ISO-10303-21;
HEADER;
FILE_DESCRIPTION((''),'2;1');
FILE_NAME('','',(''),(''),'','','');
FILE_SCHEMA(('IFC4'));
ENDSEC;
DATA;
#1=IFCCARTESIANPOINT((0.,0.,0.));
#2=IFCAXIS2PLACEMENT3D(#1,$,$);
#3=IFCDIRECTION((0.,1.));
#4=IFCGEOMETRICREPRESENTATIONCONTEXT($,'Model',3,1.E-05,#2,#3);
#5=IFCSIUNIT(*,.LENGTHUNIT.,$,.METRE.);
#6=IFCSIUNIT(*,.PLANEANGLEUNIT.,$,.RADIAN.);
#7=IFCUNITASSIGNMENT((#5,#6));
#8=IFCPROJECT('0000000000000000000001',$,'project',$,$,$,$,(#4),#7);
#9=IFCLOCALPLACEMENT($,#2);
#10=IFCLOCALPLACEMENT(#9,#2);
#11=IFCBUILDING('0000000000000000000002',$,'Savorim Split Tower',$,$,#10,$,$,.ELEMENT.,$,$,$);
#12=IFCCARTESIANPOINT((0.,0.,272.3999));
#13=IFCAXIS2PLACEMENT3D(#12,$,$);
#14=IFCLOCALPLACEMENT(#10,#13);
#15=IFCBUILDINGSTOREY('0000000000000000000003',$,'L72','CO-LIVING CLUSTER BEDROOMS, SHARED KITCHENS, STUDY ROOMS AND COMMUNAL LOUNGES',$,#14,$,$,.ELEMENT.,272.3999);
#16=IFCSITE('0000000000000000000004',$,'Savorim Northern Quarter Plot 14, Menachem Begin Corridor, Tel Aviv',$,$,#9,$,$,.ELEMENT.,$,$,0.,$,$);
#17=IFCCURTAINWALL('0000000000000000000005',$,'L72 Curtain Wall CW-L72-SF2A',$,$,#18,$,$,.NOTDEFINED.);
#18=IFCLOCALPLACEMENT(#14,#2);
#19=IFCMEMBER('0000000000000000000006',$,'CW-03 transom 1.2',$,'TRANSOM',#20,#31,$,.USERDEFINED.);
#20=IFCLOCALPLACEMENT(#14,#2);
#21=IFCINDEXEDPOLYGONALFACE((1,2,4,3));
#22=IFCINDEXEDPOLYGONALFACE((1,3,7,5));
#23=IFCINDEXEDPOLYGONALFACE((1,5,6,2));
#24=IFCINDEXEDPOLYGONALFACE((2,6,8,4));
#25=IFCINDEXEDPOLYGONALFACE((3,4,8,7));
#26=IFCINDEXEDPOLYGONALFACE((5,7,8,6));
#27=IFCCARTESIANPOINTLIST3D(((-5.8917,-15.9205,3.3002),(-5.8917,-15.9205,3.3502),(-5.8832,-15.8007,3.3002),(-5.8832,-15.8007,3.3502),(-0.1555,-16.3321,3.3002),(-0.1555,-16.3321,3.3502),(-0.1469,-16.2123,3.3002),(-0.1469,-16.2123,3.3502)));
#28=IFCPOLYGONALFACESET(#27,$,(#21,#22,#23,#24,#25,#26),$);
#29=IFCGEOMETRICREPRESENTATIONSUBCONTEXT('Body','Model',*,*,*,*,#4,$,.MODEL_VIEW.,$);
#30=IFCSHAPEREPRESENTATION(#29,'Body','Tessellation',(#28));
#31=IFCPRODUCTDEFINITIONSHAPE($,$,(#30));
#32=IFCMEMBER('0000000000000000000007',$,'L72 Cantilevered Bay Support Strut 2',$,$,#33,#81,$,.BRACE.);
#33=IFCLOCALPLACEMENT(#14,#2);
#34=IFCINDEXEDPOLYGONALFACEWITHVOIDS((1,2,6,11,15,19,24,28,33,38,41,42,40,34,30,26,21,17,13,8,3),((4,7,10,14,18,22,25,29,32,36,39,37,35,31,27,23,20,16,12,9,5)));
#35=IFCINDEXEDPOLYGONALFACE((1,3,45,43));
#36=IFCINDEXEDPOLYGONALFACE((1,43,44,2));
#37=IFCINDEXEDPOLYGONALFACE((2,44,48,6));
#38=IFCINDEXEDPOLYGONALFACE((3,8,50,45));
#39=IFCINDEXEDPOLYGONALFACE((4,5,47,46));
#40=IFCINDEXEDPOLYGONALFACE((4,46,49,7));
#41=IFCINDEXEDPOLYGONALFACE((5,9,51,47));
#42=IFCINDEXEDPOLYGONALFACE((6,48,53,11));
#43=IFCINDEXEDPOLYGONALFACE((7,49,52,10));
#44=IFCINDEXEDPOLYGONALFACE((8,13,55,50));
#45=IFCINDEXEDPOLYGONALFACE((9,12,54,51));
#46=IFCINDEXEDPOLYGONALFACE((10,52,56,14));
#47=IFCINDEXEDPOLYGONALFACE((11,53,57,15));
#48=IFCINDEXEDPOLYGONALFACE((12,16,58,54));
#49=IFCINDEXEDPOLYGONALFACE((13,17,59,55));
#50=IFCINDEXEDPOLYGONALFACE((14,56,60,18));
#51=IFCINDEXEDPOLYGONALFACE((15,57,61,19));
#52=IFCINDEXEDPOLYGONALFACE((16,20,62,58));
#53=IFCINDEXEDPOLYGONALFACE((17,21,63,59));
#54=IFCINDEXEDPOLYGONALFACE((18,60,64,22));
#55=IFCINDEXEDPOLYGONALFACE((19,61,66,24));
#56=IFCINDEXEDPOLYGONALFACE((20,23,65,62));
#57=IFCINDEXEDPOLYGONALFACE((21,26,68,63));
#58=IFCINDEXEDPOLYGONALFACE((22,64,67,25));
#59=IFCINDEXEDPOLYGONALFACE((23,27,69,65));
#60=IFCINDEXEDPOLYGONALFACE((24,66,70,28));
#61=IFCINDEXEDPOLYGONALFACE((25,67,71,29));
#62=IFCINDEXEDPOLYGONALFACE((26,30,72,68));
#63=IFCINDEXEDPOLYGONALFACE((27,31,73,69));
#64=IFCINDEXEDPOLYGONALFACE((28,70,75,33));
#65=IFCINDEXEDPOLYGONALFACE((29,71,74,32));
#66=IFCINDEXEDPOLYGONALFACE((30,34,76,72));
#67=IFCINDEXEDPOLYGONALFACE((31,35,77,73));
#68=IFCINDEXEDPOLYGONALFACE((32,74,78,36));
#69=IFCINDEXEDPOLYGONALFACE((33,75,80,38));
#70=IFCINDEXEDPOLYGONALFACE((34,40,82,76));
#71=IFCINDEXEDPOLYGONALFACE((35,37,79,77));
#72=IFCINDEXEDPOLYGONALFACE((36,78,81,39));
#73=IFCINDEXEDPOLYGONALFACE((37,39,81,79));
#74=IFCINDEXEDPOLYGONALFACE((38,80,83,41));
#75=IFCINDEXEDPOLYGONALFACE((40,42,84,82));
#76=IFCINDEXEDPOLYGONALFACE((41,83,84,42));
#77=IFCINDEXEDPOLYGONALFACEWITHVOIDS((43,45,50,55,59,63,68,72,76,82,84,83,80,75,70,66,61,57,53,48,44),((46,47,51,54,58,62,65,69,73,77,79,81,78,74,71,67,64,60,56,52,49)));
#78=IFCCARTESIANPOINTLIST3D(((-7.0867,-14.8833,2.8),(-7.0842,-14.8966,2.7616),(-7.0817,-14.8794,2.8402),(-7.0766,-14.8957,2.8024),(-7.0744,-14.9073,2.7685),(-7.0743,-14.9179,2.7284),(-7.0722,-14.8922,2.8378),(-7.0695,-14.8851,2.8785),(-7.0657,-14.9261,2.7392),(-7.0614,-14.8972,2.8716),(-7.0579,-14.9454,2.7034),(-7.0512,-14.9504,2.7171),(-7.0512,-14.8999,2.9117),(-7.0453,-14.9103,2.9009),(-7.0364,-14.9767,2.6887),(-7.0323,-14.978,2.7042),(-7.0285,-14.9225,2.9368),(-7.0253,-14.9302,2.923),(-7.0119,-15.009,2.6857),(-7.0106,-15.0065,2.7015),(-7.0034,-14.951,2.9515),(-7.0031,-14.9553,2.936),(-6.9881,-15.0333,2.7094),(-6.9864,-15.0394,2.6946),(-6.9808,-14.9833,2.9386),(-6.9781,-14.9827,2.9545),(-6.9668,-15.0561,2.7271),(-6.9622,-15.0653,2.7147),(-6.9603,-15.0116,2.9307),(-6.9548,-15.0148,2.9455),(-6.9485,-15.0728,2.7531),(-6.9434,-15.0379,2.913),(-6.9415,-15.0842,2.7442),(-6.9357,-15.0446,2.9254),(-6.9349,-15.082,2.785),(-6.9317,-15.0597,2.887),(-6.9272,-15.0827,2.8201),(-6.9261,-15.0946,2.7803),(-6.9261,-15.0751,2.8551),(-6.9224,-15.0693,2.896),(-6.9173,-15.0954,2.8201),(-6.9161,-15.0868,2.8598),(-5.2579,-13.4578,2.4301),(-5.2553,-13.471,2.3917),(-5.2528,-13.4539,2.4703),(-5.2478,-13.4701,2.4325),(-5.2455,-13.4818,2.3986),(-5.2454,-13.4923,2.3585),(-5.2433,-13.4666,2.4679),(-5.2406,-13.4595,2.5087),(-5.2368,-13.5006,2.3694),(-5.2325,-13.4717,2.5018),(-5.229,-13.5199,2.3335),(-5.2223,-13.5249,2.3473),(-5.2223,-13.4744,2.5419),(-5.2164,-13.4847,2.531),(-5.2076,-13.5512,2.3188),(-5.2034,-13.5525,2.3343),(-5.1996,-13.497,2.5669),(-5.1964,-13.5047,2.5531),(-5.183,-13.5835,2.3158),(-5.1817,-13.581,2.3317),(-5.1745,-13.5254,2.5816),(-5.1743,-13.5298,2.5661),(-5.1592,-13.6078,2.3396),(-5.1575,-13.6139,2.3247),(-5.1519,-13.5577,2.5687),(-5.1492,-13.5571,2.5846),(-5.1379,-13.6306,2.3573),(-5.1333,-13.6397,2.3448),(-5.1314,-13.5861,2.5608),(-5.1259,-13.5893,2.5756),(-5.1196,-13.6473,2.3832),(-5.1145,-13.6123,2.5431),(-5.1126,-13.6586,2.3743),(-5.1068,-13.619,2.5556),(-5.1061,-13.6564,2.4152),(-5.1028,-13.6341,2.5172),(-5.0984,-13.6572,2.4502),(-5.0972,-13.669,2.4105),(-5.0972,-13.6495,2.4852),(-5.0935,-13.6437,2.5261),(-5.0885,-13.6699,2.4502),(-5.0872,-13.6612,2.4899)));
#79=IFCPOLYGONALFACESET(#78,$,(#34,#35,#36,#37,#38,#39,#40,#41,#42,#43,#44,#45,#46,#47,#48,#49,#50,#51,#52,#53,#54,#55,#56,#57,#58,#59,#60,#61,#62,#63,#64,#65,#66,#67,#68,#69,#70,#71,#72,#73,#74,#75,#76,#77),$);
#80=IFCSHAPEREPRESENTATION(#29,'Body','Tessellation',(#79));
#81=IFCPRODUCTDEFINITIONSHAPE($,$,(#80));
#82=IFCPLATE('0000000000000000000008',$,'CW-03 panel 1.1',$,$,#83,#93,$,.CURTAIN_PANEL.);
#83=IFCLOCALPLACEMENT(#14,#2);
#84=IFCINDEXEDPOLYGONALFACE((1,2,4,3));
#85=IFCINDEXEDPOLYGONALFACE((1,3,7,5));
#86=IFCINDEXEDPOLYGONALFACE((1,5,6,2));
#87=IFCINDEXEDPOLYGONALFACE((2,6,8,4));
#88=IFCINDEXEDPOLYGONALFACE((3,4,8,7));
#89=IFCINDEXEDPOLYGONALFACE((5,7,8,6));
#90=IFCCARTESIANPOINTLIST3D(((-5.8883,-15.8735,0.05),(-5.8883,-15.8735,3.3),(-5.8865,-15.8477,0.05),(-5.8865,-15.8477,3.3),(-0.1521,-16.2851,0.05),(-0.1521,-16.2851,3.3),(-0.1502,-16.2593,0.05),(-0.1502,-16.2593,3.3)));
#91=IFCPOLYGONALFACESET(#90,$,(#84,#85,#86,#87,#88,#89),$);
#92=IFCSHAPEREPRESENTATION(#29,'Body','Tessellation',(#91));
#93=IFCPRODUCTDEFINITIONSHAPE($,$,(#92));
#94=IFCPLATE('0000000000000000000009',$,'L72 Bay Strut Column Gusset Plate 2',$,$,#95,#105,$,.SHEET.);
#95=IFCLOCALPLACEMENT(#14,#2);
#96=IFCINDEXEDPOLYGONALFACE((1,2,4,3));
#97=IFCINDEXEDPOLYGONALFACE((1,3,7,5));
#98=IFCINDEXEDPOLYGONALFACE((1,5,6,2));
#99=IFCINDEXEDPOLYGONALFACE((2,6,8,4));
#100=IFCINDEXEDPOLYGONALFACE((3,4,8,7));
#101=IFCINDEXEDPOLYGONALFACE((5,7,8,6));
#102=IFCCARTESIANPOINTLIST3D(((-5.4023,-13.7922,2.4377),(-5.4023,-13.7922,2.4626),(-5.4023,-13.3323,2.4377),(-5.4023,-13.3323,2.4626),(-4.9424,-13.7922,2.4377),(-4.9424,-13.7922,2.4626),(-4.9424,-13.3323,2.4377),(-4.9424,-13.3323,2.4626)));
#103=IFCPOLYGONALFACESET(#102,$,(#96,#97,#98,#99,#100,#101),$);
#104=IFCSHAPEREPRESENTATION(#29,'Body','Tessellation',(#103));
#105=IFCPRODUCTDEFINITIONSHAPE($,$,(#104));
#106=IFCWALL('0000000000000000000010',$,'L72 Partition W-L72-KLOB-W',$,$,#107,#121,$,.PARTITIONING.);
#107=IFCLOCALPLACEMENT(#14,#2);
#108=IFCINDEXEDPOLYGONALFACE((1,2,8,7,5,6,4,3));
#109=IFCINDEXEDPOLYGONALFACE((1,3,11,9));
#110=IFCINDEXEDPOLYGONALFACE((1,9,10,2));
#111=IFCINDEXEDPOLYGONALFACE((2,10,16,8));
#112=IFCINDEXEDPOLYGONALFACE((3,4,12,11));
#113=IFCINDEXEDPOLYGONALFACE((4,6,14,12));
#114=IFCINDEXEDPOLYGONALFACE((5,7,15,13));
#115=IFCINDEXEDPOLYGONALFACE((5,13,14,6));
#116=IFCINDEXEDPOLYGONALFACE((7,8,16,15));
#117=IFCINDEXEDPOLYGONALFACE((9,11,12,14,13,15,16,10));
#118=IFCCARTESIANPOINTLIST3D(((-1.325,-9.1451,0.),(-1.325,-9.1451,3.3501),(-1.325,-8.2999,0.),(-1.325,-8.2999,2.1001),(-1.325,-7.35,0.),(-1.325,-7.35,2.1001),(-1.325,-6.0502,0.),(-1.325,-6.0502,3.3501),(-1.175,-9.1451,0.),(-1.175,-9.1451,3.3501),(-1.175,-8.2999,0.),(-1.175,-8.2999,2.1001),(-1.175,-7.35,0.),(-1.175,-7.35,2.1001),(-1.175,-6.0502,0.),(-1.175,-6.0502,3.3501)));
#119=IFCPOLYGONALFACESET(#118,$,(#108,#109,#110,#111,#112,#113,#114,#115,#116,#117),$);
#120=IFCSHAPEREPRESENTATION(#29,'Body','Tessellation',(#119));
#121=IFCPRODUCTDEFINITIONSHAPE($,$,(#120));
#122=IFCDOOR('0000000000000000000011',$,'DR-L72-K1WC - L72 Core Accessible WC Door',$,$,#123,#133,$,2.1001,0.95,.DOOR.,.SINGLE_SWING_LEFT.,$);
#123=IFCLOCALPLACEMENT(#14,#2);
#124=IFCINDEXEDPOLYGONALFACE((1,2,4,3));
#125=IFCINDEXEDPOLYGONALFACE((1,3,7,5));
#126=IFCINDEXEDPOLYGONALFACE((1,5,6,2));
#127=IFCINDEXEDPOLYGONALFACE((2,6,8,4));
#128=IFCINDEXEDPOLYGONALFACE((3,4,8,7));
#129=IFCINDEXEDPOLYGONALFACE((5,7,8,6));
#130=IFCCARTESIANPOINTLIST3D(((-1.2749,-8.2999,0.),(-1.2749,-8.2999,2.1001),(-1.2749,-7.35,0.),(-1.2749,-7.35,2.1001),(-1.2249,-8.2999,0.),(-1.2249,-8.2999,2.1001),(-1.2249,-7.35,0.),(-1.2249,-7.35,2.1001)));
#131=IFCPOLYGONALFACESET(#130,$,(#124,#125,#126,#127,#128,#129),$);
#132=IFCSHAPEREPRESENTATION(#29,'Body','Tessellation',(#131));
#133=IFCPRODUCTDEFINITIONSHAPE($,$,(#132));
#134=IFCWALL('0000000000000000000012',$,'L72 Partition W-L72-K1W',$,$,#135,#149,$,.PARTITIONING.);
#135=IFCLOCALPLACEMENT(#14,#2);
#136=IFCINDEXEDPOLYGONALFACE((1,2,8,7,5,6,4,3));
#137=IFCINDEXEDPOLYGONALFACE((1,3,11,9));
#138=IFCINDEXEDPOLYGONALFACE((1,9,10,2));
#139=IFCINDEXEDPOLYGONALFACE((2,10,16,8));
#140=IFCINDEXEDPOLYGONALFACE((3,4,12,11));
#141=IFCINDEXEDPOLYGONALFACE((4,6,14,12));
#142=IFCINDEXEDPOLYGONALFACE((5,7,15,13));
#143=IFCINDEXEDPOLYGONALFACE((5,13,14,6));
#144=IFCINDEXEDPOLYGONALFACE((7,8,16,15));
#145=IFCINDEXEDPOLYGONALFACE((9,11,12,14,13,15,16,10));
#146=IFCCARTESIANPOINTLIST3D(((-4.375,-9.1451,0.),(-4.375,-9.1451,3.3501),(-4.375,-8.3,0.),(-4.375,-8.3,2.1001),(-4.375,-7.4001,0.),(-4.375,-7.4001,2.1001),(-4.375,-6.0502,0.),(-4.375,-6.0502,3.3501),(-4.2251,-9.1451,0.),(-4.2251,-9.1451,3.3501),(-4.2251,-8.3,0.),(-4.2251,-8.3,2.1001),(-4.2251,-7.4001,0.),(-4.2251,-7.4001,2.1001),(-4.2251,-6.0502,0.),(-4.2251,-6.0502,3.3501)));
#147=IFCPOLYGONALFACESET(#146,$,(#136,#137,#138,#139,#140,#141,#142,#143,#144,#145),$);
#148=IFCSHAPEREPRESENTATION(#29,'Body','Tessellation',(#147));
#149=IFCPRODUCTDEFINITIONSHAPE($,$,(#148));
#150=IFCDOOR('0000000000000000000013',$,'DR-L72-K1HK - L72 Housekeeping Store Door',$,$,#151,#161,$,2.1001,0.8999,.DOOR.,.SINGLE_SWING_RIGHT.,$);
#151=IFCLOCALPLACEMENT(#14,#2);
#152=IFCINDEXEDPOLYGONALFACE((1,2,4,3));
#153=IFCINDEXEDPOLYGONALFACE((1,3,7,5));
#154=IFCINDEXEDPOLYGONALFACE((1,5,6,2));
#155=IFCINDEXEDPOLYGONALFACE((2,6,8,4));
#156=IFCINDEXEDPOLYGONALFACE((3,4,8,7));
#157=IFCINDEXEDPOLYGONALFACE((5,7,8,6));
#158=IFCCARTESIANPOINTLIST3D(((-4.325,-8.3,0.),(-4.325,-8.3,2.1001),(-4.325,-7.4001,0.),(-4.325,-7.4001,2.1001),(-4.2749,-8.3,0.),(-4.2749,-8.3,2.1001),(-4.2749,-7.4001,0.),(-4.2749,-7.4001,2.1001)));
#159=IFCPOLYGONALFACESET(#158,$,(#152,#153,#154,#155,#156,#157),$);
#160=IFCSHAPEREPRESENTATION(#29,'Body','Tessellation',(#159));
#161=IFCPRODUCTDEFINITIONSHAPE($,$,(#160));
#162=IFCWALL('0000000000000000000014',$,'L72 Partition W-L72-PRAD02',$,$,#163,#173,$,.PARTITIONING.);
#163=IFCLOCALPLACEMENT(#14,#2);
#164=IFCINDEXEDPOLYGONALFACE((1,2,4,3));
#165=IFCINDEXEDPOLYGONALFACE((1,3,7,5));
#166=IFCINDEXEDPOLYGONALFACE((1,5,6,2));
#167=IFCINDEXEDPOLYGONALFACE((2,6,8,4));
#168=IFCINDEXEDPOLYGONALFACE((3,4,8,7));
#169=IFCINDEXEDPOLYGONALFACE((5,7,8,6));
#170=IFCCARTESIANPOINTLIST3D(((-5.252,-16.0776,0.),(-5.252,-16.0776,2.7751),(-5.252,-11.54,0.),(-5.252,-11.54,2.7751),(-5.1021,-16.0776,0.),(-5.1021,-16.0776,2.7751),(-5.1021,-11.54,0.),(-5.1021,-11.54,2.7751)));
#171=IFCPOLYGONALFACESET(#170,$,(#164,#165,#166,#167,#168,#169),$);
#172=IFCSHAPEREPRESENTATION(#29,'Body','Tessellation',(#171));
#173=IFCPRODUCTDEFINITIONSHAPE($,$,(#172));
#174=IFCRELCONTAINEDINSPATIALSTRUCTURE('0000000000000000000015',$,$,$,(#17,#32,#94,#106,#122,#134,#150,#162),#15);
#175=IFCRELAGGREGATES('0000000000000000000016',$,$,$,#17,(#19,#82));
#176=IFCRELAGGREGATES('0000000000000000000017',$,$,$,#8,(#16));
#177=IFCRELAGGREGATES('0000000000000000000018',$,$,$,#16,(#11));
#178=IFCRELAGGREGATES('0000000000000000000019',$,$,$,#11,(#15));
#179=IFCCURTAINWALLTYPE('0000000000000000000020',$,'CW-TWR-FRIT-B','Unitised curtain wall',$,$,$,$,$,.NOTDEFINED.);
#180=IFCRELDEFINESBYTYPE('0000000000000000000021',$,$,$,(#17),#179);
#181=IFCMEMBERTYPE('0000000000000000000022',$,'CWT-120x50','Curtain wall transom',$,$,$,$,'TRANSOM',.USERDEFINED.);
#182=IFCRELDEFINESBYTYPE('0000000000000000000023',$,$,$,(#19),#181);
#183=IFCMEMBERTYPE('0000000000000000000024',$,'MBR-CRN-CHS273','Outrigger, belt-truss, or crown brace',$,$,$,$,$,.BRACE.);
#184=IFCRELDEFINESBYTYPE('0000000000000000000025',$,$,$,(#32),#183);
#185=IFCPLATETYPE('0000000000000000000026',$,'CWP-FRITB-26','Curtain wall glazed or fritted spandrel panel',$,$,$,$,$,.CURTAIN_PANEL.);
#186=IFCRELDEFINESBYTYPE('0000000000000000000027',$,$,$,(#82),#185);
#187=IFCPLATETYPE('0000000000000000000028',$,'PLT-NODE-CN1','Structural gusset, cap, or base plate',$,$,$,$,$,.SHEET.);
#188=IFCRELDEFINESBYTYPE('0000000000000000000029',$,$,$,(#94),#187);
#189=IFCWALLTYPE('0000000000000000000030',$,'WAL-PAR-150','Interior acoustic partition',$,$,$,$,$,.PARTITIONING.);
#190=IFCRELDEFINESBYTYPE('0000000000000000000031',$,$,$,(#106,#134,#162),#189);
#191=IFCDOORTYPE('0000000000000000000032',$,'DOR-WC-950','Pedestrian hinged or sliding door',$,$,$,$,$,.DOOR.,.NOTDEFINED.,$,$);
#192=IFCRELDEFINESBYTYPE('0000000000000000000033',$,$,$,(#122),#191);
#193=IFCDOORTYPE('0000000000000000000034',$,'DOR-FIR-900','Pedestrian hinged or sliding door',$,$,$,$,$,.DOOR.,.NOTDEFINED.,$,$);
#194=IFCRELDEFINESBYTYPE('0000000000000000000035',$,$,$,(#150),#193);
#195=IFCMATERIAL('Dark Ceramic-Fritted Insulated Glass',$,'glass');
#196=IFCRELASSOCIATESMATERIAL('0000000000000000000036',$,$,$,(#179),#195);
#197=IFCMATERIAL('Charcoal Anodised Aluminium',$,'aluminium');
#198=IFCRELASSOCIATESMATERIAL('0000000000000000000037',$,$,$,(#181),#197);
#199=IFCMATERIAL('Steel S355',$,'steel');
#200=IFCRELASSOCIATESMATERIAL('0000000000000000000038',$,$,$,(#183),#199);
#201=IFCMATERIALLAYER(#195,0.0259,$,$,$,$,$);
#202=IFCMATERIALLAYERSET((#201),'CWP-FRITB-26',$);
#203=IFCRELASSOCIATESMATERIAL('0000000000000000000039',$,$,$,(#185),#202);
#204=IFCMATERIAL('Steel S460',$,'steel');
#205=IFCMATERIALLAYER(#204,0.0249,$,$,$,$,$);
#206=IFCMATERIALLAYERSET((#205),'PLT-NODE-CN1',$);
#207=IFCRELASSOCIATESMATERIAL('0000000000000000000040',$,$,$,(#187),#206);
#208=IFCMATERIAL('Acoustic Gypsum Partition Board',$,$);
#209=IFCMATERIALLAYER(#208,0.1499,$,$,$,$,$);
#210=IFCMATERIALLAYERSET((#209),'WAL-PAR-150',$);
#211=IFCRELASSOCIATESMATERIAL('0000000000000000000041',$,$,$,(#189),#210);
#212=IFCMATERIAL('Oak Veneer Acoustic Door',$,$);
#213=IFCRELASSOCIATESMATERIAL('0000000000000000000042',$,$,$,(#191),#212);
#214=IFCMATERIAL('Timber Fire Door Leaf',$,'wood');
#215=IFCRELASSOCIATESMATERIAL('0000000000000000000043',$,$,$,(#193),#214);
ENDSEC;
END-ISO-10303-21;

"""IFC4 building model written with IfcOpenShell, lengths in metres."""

from ifc_helpers import new_model, si_unit, direction, frame, frame_2d, origin, origin_2d, place, context, subcontext, project, spatial, rectangle, hollow_circle, extrude, material, layer, layer_set, material_profile, profile_set, type_object, element, fill, aggregate, save


model = new_model("IFC4")

# Units and contexts
model_context = context("Model", 3, precision=1e-05, world=origin(), true_north=direction((0.0, 1.0)))
body_context = subcontext(model_context, "Body", "Model", "MODEL_VIEW")
ifc_project = project(units=[si_unit("LENGTHUNIT", "METRE"), si_unit("PLANEANGLEUNIT", "RADIAN")], contexts=[model_context])

# Site, building, storey
site_placement = place(None, origin())
site = spatial("IfcSite", under=ifc_project, at=site_placement, Name="Savorim Northern Quarter Plot 14, Menachem Begin Corridor, Tel Aviv", CompositionType="ELEMENT", RefElevation=0.0)
building_placement = place(site_placement, origin())
building = spatial("IfcBuilding", under=site, at=building_placement, Name="Savorim Split Tower", CompositionType="ELEMENT")
storey_placement = place(building_placement, frame((0.0, 0.0, 272.3999)))
storey = spatial("IfcBuildingStorey", under=building, at=storey_placement, Name="L72", Description="CO-LIVING CLUSTER BEDROOMS, SHARED KITCHENS, STUDY ROOMS AND COMMUNAL LOUNGES", CompositionType="ELEMENT", Elevation=272.3999)

# Shared definitions
ifc_material_1 = material(Name="Steel S355", Category="steel")

# Curtain wall, member
ifc_material_2 = material(Name="Dark Ceramic-Fritted Insulated Glass", Category="glass")
curtain_wall_type = type_object("IfcCurtainWallType", Name="CW-TWR-FRIT-B", Description="Unitised curtain wall", PredefinedType="NOTDEFINED", material=ifc_material_2)
curtain_wall_placement = place(storey_placement, origin())
curtain_wall = element("IfcCurtainWall", 1, at=curtain_wall_placement, inside=storey, type_object=curtain_wall_type, Name="L72 Curtain Wall CW-L72-SF2A", PredefinedType="NOTDEFINED")
ifc_material_3 = material(Name="Charcoal Anodised Aluminium", Category="aluminium")
ifc_material_profile_1 = material_profile(ifc_material_3, rectangle(XDim=0.1201, YDim=0.05, at=origin_2d()), Name="ALU-T 120x50")
ifc_profile_set_1 = profile_set([ifc_material_profile_1], Name="Charcoal Anodised Aluminium")
member_type_1 = type_object("IfcMemberType", Name="CWT-120x50", Description="Curtain wall transom", ElementType="TRANSOM", PredefinedType="USERDEFINED", material=ifc_profile_set_1)
member_1_placement = place(storey_placement, frame((-5.8875, -15.8606, 3.3252), z_axis=(0.997435, -0.071573, 0.0), x_axis=(0.071573, 0.997435, 0.0)))
member_1 = element("IfcMember", 2, at=member_1_placement, type_object=member_type_1, Name="CW-03 transom 1.2", ObjectType="TRANSOM", PredefinedType="USERDEFINED", context=body_context, shape_type="SweptSolid", body=[
    extrude(rectangle(XDim=0.1201, YDim=0.05, at=origin_2d()), origin(), (0.0, 0.0, 1.0), 5.751),
])

# Member
ifc_material_profile_2 = material_profile(ifc_material_1, hollow_circle(Radius=0.1365, WallThickness=0.0161, at=origin_2d()), Name="CHS 273x16")
ifc_profile_set_2 = profile_set([ifc_material_profile_2], Name="Steel S355")
member_type_2 = type_object("IfcMemberType", Name="MBR-CRN-CHS273", Description="Outrigger, belt-truss, or crown brace", PredefinedType="BRACE", material=ifc_profile_set_2)
member_2_placement = place(storey_placement, frame((-5.1724, -13.5623, 2.4502), z_axis=(-0.778859, -0.607096, 0.157519), x_axis=(0.614771, -0.788705, 0.0)))
element("IfcMember", 3, at=member_2_placement, inside=storey, type_object=member_type_2, Name="L72 Cantilevered Bay Support Strut 2", PredefinedType="BRACE", context=body_context, shape_type="SweptSolid", body=[
    extrude(hollow_circle(Radius=0.1365, WallThickness=0.0161, at=origin_2d()), origin(), (0.0, 0.0, 1.0), 2.3481),
])

# Plates
ifc_layer_1 = layer(ifc_material_2, 0.0259)
ifc_layer_set_1 = layer_set([ifc_layer_1], Name="CWP-FRITB-26")
plate_type_1 = type_object("IfcPlateType", Name="CWP-FRITB-26", Description="Curtain wall glazed or fritted spandrel panel", PredefinedType="CURTAIN_PANEL", material=ifc_layer_set_1)
plate_1_placement = place(storey_placement, frame((-3.0193, -16.0664, 0.05), z_axis=(0.0, 0.0, 1.0), x_axis=(0.997435, -0.071571, 0.0)))
plate_1 = element("IfcPlate", 4, at=plate_1_placement, type_object=plate_type_1, Name="CW-03 panel 1.1", PredefinedType="CURTAIN_PANEL", context=body_context, shape_type="SweptSolid", body=[
    extrude(rectangle(XDim=5.751, YDim=0.0259, at=origin_2d()), origin(), (0.0, 0.0, 1.0), 3.25),
])
aggregate(curtain_wall, [member_1, plate_1])
ifc_material_4 = material(Name="Steel S460", Category="steel")
ifc_layer_2 = layer(ifc_material_4, 0.0249)
ifc_layer_set_2 = layer_set([ifc_layer_2], Name="PLT-NODE-CN1")
plate_type_2 = type_object("IfcPlateType", Name="PLT-NODE-CN1", Description="Structural gusset, cap, or base plate", PredefinedType="SHEET", material=ifc_layer_set_2)
plate_2_placement = place(storey_placement, frame((-5.1724, -13.5623, 2.4377), z_axis=(0.0, 0.0, 1.0), x_axis=(1.0, 0.0, 0.0)))
element("IfcPlate", 5, at=plate_2_placement, inside=storey, type_object=plate_type_2, Name="L72 Bay Strut Column Gusset Plate 2", PredefinedType="SHEET", context=body_context, shape_type="SweptSolid", body=[
    extrude(rectangle(XDim=0.46, YDim=0.46, at=origin_2d()), origin(), (0.0, 0.0, 1.0), 0.0249),
])

# Walls, openings, doors
ifc_material_5 = material(Name="Acoustic Gypsum Partition Board")
ifc_layer_3 = layer(ifc_material_5, 0.1499)
ifc_layer_set_3 = layer_set([ifc_layer_3], Name="WAL-PAR-150")
wall_type = type_object("IfcWallType", Name="WAL-PAR-150", Description="Interior acoustic partition", PredefinedType="PARTITIONING", material=ifc_layer_set_3)
wall_1_placement = place(storey_placement, frame((-1.25, -9.145, 0.0), z_axis=(0.0, 0.0, 1.0), x_axis=(0.0, 1.0, 0.0)))
wall_1 = element("IfcWall", 6, at=wall_1_placement, inside=storey, type_object=wall_type, Name="L72 Partition W-L72-KLOB-W", PredefinedType="PARTITIONING", context=body_context, shape_type="SweptSolid", body=[
    extrude(rectangle(XDim=3.095, YDim=0.1499, at=frame_2d((1.5474, 0.0))), origin(), (0.0, 0.0, 1.0), 3.3501),
])
opening_1_placement = place(wall_1_placement, frame((0.845, 0.0, 0.0)))
opening_1 = element("IfcOpeningElement", 7, at=opening_1_placement, cuts=wall_1, PredefinedType="OPENING", context=body_context, shape_type="SweptSolid", body=[
    extrude(rectangle(XDim=0.95, YDim=2.1001, at=frame_2d((0.4751, 1.05))), frame((0.0, 0.085, 0.0), z_axis=(0.0, -1.0, 0.0), x_axis=(1.0, 0.0, 0.0)), (0.0, 0.0, 1.0), 0.1699),
])
ifc_material_6 = material(Name="Oak Veneer Acoustic Door")
door_type_1 = type_object("IfcDoorType", Name="DOR-WC-950", Description="Pedestrian hinged or sliding door", OperationType="NOTDEFINED", PredefinedType="DOOR", material=ifc_material_6)
door_1_placement = place(opening_1_placement, origin())
door_1 = element("IfcDoor", 8, at=door_1_placement, inside=storey, type_object=door_type_1, Name="DR-L72-K1WC - L72 Core Accessible WC Door", OperationType="SINGLE_SWING_LEFT", OverallHeight=2.1001, OverallWidth=0.95, PredefinedType="DOOR", context=body_context, shape_type="SweptSolid", body=[
    extrude(rectangle(XDim=0.95, YDim=2.1001, at=frame_2d((0.4751, 1.05))), frame((0.0, 0.0249, 0.0), z_axis=(0.0, -1.0, 0.0), x_axis=(1.0, 0.0, 0.0)), (0.0, 0.0, 1.0), 0.05),
])
fill(opening_1, door_1)
wall_2_placement = place(storey_placement, frame((-4.3, -9.145, 0.0), z_axis=(0.0, 0.0, 1.0), x_axis=(0.0, 1.0, 0.0)))
wall_2 = element("IfcWall", 9, at=wall_2_placement, inside=storey, type_object=wall_type, Name="L72 Partition W-L72-K1W", PredefinedType="PARTITIONING", context=body_context, shape_type="SweptSolid", body=[
    extrude(rectangle(XDim=3.095, YDim=0.1499, at=frame_2d((1.5474, 0.0))), origin(), (0.0, 0.0, 1.0), 3.3501),
])
opening_2_placement = place(wall_2_placement, frame((0.845, 0.0, 0.0)))
opening_2 = element("IfcOpeningElement", 10, at=opening_2_placement, cuts=wall_2, PredefinedType="OPENING", context=body_context, shape_type="SweptSolid", body=[
    extrude(rectangle(XDim=0.8999, YDim=2.1001, at=frame_2d((0.45, 1.05))), frame((0.0, 0.085, 0.0), z_axis=(0.0, -1.0, 0.0), x_axis=(1.0, 0.0, 0.0)), (0.0, 0.0, 1.0), 0.1699),
])
ifc_material_7 = material(Name="Timber Fire Door Leaf", Category="wood")
door_type_2 = type_object("IfcDoorType", Name="DOR-FIR-900", Description="Pedestrian hinged or sliding door", OperationType="NOTDEFINED", PredefinedType="DOOR", material=ifc_material_7)
door_2_placement = place(opening_2_placement, origin())
door_2 = element("IfcDoor", 11, at=door_2_placement, inside=storey, type_object=door_type_2, Name="DR-L72-K1HK - L72 Housekeeping Store Door", OperationType="SINGLE_SWING_RIGHT", OverallHeight=2.1001, OverallWidth=0.8999, PredefinedType="DOOR", context=body_context, shape_type="SweptSolid", body=[
    extrude(rectangle(XDim=0.8999, YDim=2.1001, at=frame_2d((0.45, 1.05))), frame((0.0, 0.0249, 0.0), z_axis=(0.0, -1.0, 0.0), x_axis=(1.0, 0.0, 0.0)), (0.0, 0.0, 1.0), 0.05),
])
fill(opening_2, door_2)

# Wall
wall_3_placement = place(storey_placement, frame((-5.177, -11.54, 0.0), z_axis=(0.0, 0.0, 1.0), x_axis=(0.0, -1.0, 0.0)))
element("IfcWall", 12, at=wall_3_placement, inside=storey, type_object=wall_type, Name="L72 Partition W-L72-PRAD02", PredefinedType="PARTITIONING", context=body_context, shape_type="SweptSolid", body=[
    extrude(rectangle(XDim=4.5376, YDim=0.1499, at=frame_2d((2.2688, 0.0))), origin(), (0.0, 0.0, 1.0), 2.7751),
])

save(model, "model.ifc")
